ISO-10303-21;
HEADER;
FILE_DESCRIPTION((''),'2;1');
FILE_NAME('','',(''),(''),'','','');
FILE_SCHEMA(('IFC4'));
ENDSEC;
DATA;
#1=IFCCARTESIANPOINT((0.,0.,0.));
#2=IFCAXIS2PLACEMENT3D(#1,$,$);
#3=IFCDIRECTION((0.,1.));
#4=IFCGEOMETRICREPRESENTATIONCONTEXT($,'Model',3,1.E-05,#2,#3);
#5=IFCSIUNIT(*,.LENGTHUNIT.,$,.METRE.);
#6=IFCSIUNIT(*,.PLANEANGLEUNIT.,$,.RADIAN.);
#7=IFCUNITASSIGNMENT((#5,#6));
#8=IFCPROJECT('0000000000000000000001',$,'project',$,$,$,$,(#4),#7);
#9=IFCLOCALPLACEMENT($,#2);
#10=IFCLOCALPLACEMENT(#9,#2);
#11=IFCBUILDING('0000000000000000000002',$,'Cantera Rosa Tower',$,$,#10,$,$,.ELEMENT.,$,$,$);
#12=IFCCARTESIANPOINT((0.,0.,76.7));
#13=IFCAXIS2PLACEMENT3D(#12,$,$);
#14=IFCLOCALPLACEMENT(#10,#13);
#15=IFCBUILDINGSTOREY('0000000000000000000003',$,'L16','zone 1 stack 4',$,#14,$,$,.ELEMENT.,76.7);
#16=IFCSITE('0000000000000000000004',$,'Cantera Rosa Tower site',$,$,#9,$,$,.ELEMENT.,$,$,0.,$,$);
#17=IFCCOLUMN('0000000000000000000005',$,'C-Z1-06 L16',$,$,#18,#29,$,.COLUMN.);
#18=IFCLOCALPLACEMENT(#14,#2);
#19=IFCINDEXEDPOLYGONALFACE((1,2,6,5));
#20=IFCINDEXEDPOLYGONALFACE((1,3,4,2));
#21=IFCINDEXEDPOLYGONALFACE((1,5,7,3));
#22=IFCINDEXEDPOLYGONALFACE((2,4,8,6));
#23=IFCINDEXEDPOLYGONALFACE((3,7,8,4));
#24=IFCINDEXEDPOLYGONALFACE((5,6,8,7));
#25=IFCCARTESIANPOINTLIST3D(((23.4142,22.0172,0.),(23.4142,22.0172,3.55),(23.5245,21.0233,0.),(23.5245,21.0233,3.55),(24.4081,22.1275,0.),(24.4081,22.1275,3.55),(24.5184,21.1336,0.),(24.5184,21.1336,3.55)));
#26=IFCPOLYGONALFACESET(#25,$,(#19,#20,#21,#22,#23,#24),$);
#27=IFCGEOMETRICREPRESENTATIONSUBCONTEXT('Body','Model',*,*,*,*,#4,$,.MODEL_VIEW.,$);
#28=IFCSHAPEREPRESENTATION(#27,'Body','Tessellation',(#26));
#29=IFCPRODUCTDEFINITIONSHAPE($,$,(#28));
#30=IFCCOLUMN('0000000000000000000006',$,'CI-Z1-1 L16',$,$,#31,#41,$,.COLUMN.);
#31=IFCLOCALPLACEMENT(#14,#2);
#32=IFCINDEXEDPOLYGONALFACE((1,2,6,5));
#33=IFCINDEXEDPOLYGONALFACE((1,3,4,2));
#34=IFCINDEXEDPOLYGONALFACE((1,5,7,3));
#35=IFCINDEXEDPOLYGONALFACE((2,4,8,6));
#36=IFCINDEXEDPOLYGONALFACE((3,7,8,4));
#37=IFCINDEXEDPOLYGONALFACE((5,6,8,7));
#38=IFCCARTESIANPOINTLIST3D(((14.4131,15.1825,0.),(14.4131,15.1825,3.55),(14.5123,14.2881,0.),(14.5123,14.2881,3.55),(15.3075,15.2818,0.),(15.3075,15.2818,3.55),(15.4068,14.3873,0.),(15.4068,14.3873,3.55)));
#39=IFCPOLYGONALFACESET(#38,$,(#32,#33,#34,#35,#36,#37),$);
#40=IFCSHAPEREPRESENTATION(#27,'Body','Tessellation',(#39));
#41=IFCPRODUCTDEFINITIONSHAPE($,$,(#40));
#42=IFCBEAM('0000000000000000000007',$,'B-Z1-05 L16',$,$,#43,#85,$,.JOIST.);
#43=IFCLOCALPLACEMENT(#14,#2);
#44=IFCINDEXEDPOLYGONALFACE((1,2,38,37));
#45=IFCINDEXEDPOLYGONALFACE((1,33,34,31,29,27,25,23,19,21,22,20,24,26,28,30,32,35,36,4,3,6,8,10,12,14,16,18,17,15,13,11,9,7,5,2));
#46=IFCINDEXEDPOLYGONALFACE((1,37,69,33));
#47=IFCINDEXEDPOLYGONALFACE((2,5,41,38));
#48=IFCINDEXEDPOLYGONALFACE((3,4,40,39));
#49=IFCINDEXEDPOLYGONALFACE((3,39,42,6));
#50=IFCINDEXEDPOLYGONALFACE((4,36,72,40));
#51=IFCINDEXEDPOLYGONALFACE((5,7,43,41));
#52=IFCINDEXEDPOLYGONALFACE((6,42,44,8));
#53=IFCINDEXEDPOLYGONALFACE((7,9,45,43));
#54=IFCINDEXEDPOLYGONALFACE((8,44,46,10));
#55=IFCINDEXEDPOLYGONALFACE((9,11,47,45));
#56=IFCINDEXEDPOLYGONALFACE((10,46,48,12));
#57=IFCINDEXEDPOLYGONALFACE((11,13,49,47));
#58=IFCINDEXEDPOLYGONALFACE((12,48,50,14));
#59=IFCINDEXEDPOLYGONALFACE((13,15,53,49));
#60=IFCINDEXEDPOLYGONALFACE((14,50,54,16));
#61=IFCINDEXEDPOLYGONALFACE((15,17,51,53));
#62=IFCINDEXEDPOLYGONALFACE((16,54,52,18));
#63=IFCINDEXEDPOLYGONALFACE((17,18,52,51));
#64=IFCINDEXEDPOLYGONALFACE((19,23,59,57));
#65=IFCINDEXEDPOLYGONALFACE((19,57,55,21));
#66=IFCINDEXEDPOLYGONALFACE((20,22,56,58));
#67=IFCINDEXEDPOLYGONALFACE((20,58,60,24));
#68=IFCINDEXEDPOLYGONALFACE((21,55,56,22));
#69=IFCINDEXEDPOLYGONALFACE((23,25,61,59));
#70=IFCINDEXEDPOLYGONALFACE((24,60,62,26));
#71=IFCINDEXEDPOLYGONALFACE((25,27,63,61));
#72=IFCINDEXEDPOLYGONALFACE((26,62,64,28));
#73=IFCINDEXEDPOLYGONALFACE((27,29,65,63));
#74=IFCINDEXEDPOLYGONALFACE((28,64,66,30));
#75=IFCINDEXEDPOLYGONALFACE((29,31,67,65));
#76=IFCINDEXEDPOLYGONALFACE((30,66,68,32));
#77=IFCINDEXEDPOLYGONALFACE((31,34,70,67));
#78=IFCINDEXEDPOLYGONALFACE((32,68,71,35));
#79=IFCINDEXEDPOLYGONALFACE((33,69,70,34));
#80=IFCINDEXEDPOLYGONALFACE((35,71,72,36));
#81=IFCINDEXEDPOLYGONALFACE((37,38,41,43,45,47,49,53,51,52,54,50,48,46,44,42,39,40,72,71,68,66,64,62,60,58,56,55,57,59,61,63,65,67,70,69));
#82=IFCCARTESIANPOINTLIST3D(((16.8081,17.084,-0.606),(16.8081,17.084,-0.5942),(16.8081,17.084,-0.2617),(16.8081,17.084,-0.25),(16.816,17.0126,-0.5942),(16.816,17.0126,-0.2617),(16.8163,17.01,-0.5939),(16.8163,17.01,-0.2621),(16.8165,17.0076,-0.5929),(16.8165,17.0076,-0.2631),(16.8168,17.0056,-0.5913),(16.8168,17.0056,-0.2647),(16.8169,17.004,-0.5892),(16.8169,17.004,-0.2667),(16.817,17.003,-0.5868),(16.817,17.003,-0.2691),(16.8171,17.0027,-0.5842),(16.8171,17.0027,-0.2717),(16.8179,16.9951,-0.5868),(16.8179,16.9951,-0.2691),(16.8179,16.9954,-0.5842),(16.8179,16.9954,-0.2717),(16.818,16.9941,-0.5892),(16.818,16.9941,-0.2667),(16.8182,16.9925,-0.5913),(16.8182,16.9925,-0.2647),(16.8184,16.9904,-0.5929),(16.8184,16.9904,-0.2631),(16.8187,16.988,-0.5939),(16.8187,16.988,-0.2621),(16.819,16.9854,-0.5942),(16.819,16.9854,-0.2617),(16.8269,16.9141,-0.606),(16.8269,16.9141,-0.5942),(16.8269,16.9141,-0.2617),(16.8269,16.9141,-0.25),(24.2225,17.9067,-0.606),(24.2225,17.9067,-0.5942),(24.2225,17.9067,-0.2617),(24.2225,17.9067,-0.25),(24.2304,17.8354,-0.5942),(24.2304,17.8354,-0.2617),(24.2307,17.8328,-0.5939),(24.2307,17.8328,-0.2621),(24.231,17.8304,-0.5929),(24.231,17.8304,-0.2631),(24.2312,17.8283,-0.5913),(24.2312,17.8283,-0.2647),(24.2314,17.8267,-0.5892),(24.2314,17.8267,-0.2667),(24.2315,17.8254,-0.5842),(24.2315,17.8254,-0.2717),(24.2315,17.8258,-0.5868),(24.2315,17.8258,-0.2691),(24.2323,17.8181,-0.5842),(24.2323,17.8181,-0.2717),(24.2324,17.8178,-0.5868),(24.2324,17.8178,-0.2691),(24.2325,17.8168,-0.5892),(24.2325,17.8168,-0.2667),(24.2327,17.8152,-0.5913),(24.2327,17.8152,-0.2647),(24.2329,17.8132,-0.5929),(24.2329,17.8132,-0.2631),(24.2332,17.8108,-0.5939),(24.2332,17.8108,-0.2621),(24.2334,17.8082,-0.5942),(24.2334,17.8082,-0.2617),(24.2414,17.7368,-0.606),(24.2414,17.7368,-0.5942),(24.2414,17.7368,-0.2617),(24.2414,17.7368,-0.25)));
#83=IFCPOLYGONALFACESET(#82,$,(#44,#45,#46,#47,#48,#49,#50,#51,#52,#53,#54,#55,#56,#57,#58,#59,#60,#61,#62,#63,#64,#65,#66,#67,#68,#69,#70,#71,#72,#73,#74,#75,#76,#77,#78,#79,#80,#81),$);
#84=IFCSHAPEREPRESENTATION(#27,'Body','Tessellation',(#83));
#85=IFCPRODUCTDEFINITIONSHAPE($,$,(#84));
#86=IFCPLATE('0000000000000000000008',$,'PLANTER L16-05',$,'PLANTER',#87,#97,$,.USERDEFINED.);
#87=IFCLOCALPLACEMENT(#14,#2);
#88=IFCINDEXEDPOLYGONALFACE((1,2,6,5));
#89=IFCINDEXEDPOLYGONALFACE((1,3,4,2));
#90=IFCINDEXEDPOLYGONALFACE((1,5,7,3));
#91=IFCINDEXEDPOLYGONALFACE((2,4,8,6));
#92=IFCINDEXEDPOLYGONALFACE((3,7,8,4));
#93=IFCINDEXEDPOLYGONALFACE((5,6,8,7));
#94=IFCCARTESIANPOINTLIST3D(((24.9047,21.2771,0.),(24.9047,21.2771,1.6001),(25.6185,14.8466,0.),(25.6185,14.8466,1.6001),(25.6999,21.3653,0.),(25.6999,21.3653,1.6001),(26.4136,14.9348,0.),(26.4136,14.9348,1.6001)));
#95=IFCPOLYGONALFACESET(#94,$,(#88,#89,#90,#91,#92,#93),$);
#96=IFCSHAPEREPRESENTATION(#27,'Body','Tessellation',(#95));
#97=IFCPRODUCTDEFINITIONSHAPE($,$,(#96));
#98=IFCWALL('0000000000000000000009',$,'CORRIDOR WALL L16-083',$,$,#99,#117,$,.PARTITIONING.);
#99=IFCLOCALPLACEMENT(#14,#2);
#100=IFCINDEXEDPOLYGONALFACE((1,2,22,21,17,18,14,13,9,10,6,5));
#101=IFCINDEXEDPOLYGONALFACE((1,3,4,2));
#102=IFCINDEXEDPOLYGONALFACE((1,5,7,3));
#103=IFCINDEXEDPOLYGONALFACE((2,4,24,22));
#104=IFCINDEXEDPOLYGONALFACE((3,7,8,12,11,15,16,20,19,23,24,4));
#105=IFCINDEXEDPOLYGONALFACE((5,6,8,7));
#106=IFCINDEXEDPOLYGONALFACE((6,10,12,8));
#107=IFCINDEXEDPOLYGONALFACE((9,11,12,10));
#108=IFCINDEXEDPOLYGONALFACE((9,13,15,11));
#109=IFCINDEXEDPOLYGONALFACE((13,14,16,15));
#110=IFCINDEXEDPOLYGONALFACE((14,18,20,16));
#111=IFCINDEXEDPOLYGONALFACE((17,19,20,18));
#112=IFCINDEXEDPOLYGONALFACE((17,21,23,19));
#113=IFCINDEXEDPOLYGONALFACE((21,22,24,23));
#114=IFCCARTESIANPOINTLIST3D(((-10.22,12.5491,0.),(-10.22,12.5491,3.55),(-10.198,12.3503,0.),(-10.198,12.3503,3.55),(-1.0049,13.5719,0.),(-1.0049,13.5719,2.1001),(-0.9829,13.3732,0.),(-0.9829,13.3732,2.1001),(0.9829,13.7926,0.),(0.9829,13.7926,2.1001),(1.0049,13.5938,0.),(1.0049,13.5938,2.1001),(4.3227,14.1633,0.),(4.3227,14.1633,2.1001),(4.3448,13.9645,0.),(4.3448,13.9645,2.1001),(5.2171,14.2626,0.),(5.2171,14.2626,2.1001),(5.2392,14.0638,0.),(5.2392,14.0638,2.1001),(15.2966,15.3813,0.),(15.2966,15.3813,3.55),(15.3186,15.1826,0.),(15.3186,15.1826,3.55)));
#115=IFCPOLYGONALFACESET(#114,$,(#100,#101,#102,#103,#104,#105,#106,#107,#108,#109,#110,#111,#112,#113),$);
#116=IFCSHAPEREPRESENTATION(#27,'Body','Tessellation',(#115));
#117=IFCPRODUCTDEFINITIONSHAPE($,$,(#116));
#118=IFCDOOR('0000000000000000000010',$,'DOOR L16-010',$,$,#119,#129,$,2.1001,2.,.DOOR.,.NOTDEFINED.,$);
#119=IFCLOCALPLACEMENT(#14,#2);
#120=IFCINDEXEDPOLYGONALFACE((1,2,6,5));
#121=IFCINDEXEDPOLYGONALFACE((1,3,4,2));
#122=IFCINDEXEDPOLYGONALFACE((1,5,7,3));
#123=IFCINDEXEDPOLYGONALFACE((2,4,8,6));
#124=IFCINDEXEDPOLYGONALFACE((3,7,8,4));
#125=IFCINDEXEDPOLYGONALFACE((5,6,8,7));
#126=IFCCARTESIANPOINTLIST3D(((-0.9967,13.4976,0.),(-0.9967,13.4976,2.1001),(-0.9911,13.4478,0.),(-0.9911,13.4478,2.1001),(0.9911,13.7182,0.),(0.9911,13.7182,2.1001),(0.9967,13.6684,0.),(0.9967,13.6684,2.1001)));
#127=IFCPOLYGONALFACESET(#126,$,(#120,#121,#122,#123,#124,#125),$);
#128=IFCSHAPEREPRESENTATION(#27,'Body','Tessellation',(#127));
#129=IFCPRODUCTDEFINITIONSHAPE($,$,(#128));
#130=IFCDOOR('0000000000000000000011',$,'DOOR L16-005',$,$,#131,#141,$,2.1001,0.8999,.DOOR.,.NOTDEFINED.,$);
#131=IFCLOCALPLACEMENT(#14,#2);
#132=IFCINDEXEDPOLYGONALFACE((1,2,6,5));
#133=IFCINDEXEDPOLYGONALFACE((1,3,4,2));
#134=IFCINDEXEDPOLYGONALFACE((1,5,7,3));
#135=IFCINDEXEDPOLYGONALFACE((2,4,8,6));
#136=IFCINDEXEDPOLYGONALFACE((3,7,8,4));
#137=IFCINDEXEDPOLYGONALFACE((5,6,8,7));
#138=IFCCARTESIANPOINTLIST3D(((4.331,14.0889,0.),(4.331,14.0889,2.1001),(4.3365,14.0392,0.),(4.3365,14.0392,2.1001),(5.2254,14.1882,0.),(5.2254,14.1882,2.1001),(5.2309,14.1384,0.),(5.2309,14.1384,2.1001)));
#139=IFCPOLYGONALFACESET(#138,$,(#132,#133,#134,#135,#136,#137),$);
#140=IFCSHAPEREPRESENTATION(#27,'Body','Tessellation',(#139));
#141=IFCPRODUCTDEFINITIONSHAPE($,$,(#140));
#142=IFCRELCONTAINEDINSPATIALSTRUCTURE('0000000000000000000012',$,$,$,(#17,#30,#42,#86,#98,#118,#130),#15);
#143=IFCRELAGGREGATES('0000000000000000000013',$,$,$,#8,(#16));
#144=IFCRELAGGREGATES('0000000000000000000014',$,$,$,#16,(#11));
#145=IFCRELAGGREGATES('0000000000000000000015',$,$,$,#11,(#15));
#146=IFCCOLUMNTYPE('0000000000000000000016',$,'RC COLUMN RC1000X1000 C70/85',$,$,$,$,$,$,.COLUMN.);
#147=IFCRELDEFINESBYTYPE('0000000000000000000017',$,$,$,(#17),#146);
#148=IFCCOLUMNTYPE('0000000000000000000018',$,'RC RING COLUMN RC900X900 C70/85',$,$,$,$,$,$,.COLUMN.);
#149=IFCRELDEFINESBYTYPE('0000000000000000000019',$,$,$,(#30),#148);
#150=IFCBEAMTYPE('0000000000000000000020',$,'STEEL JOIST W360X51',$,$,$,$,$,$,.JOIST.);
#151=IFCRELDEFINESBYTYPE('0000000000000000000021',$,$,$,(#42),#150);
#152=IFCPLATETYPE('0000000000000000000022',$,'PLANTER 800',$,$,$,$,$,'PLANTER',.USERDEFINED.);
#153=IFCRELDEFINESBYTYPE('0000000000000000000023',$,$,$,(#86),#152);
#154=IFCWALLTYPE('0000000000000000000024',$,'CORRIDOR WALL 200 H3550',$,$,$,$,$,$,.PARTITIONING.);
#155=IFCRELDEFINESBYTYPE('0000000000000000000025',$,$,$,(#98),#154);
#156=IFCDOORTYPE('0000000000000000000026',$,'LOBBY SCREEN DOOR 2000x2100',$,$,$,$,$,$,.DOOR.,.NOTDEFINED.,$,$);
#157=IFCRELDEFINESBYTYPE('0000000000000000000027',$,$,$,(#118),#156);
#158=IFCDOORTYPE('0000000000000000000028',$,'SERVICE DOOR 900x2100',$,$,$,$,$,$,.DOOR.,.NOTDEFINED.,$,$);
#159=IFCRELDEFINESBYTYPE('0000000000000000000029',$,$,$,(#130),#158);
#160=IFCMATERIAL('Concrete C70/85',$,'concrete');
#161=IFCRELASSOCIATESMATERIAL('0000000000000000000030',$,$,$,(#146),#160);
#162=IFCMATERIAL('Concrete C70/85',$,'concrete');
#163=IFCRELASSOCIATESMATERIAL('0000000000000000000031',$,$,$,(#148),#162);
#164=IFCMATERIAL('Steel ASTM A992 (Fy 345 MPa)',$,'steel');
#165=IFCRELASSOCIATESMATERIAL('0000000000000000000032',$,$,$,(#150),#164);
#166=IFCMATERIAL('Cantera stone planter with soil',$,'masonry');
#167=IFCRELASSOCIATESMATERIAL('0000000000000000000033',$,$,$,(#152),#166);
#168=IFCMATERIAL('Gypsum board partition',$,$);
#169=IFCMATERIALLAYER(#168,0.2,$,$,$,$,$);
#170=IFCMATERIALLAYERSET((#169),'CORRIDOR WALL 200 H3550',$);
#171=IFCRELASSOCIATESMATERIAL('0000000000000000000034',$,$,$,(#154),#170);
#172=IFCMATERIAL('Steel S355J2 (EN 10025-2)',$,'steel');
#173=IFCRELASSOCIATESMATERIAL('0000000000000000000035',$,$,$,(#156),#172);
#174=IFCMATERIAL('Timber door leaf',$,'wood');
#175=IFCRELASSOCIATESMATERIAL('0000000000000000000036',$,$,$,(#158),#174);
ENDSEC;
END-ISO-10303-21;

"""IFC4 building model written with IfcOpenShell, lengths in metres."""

from ifc_helpers import new_model, si_unit, direction, frame, frame_2d, origin, origin_2d, place, context, subcontext, project, spatial, rectangle, i_section, extrude, material, layer, layer_set, material_profile, profile_set, type_object, element, fill, save


model = new_model("IFC4")

# Units and contexts
model_context = context("Model", 3, precision=1e-05, world=origin(), true_north=direction((0.0, 1.0)))
body_context = subcontext(model_context, "Body", "Model", "MODEL_VIEW")
ifc_project = project(units=[si_unit("LENGTHUNIT", "METRE"), si_unit("PLANEANGLEUNIT", "RADIAN")], contexts=[model_context])

# Site, building, storey
site_placement = place(None, origin())
site = spatial("IfcSite", under=ifc_project, at=site_placement, Name="Cantera Rosa Tower site", CompositionType="ELEMENT", RefElevation=0.0)
building_placement = place(site_placement, origin())
building = spatial("IfcBuilding", under=site, at=building_placement, Name="Cantera Rosa Tower", CompositionType="ELEMENT")
storey_placement = place(building_placement, frame((0.0, 0.0, 76.7)))
storey = spatial("IfcBuildingStorey", under=building, at=storey_placement, Name="L16", Description="zone 1 stack 4", CompositionType="ELEMENT", Elevation=76.7)

# Columns
ifc_material_1 = material(Name="Concrete C70/85", Category="concrete")
ifc_material_profile_1 = material_profile(ifc_material_1, rectangle(XDim=1.0, YDim=1.0, at=origin_2d()), Name="RC COLUMN RC1000X1000 C70/85")
ifc_profile_set_1 = profile_set([ifc_material_profile_1], Name="Concrete C70/85")
column_type_1 = type_object("IfcColumnType", Name="RC COLUMN RC1000X1000 C70/85", PredefinedType="COLUMN", material=ifc_profile_set_1)
column_1_placement = place(storey_placement, frame((23.9663, 21.5754, 0.0), z_axis=(0.0, 0.0, 1.0), x_axis=(0.993897, 0.110313, 0.0)))
element("IfcColumn", 1, at=column_1_placement, inside=storey, type_object=column_type_1, Name="C-Z1-06 L16", PredefinedType="COLUMN", context=body_context, shape_type="SweptSolid", body=[
    extrude(rectangle(XDim=1.0, YDim=1.0, at=origin_2d()), origin(), (0.0, 0.0, 1.0), 3.55),
])
ifc_material_2 = material(Name="Concrete C70/85", Category="concrete")
ifc_material_profile_2 = material_profile(ifc_material_2, rectangle(XDim=0.8999, YDim=0.8999, at=origin_2d()), Name="RC RING COLUMN RC900X900 C70/85")
ifc_profile_set_2 = profile_set([ifc_material_profile_2], Name="Concrete C70/85")
column_type_2 = type_object("IfcColumnType", Name="RC RING COLUMN RC900X900 C70/85", PredefinedType="COLUMN", material=ifc_profile_set_2)
column_2_placement = place(storey_placement, frame((14.9099, 14.7849, 0.0), z_axis=(0.0, 0.0, 1.0), x_axis=(0.993897, 0.110313, 0.0)))
element("IfcColumn", 2, at=column_2_placement, inside=storey, type_object=column_type_2, Name="CI-Z1-1 L16", PredefinedType="COLUMN", context=body_context, shape_type="SweptSolid", body=[
    extrude(rectangle(XDim=0.8999, YDim=0.8999, at=origin_2d()), origin(), (0.0, 0.0, 1.0), 3.55),
])

# Beam
ifc_material_3 = material(Name="Steel ASTM A992 (Fy 345 MPa)", Category="steel")
ifc_material_profile_3 = material_profile(ifc_material_3, i_section(OverallWidth=0.1709, OverallDepth=0.356, WebThickness=0.0073, FlangeThickness=0.0117, FilletRadius=0.01, at=origin_2d()), Name="W360X51")
ifc_profile_set_3 = profile_set([ifc_material_profile_3], Name="Steel ASTM A992 (Fy 345 MPa)")
beam_type = type_object("IfcBeamType", Name="STEEL JOIST W360X51", PredefinedType="JOIST", material=ifc_profile_set_3)
beam_placement = place(storey_placement, frame((24.2319, 17.8218, -0.428), z_axis=(-0.9939, -0.110288, 0.0), x_axis=(0.110288, -0.9939, 0.0)))
element("IfcBeam", 3, at=beam_placement, inside=storey, type_object=beam_type, Name="B-Z1-05 L16", PredefinedType="JOIST", context=body_context, shape_type="SweptSolid", body=[
    extrude(i_section(OverallWidth=0.1709, OverallDepth=0.356, WebThickness=0.0073, FlangeThickness=0.0117, FilletRadius=0.01, at=origin_2d()), origin(), (0.0, 0.0, 1.0), 7.46),
])

# Plate
ifc_material_4 = material(Name="Cantera stone planter with soil", Category="masonry")
plate_type = type_object("IfcPlateType", Name="PLANTER 800", ElementType="PLANTER", PredefinedType="USERDEFINED", material=ifc_material_4)
plate_placement = place(storey_placement, frame((25.6592, 18.106, 0.0), z_axis=(0.0, 0.0, 1.0), x_axis=(-0.110313, 0.993897, 0.0)))
element("IfcPlate", 4, at=plate_placement, inside=storey, type_object=plate_type, Name="PLANTER L16-05", ObjectType="PLANTER", PredefinedType="USERDEFINED", context=body_context, shape_type="SweptSolid", body=[
    extrude(rectangle(XDim=6.47, YDim=0.8, at=origin_2d()), origin(), (0.0, 0.0, 1.0), 1.6001),
])

# Wall, openings, doors
ifc_material_5 = material(Name="Gypsum board partition")
ifc_layer_1 = layer(ifc_material_5, 0.2)
ifc_layer_set_1 = layer_set([ifc_layer_1], Name="CORRIDOR WALL 200 H3550")
wall_type_1 = type_object("IfcWallType", Name="CORRIDOR WALL 200 H3550", PredefinedType="PARTITIONING", material=ifc_layer_set_1)
wall_1_placement = place(storey_placement, frame((15.3076, 15.282, 0.0), z_axis=(0.0, 0.0, 1.0), x_axis=(-0.993896, -0.11032, 0.0)))
wall_1 = element("IfcWall", 5, at=wall_1_placement, inside=storey, type_object=wall_type_1, Name="CORRIDOR WALL L16-083", PredefinedType="PARTITIONING", context=body_context, shape_type="SweptSolid", body=[
    extrude(rectangle(XDim=25.6733, YDim=0.2, at=frame_2d((12.8367, 0.0))), origin(), (0.0, 0.0, 1.0), 3.55),
])
opening_1_placement = place(wall_1_placement, frame((10.1414, 0.0, 0.0)))
opening_1 = element("IfcOpeningElement", 6, at=opening_1_placement, cuts=wall_1, PredefinedType="OPENING", context=body_context, shape_type="SweptSolid", body=[
    extrude(rectangle(XDim=0.8999, YDim=2.1001, at=frame_2d((0.45, 1.05))), frame((0.0, 0.1099, 0.0), z_axis=(0.0, -1.0, 0.0), x_axis=(1.0, 0.0, 0.0)), (0.0, 0.0, 1.0), 0.22),
])
opening_2_placement = place(wall_1_placement, frame((14.4016, 0.0, 0.0)))
opening_2 = element("IfcOpeningElement", 7, at=opening_2_placement, cuts=wall_1, PredefinedType="OPENING", context=body_context, shape_type="SweptSolid", body=[
    extrude(rectangle(XDim=2.0, YDim=2.1001, at=frame_2d((1.0, 1.05))), frame((0.0, 0.1099, 0.0), z_axis=(0.0, -1.0, 0.0), x_axis=(1.0, 0.0, 0.0)), (0.0, 0.0, 1.0), 0.22),
])
ifc_material_6 = material(Name="Steel S355J2 (EN 10025-2)", Category="steel")
door_type_1 = type_object("IfcDoorType", Name="LOBBY SCREEN DOOR 2000x2100", OperationType="NOTDEFINED", PredefinedType="DOOR", material=ifc_material_6)
door_1_placement = place(opening_2_placement, origin())
door_1 = element("IfcDoor", 8, at=door_1_placement, inside=storey, type_object=door_type_1, Name="DOOR L16-010", OperationType="NOTDEFINED", OverallHeight=2.1001, OverallWidth=2.0, PredefinedType="DOOR", context=body_context, shape_type="SweptSolid", body=[
    extrude(rectangle(XDim=2.0, YDim=2.1001, at=frame_2d((1.0, 1.05))), frame((0.0, 0.0249, 0.0), z_axis=(0.0, -1.0, 0.0), x_axis=(1.0, 0.0, 0.0)), (0.0, 0.0, 1.0), 0.05),
])
fill(opening_2, door_1)
ifc_material_7 = material(Name="Timber door leaf", Category="wood")
door_type_2 = type_object("IfcDoorType", Name="SERVICE DOOR 900x2100", OperationType="NOTDEFINED", PredefinedType="DOOR", material=ifc_material_7)
door_2_placement = place(opening_1_placement, origin())
door_2 = element("IfcDoor", 9, at=door_2_placement, inside=storey, type_object=door_type_2, Name="DOOR L16-005", OperationType="NOTDEFINED", OverallHeight=2.1001, OverallWidth=0.8999, PredefinedType="DOOR", context=body_context, shape_type="SweptSolid", body=[
    extrude(rectangle(XDim=0.8999, YDim=2.1001, at=frame_2d((0.45, 1.05))), frame((0.0, 0.0249, 0.0), z_axis=(0.0, -1.0, 0.0), x_axis=(1.0, 0.0, 0.0)), (0.0, 0.0, 1.0), 0.05),
])
fill(opening_1, door_2)

save(model, "model.ifc")
